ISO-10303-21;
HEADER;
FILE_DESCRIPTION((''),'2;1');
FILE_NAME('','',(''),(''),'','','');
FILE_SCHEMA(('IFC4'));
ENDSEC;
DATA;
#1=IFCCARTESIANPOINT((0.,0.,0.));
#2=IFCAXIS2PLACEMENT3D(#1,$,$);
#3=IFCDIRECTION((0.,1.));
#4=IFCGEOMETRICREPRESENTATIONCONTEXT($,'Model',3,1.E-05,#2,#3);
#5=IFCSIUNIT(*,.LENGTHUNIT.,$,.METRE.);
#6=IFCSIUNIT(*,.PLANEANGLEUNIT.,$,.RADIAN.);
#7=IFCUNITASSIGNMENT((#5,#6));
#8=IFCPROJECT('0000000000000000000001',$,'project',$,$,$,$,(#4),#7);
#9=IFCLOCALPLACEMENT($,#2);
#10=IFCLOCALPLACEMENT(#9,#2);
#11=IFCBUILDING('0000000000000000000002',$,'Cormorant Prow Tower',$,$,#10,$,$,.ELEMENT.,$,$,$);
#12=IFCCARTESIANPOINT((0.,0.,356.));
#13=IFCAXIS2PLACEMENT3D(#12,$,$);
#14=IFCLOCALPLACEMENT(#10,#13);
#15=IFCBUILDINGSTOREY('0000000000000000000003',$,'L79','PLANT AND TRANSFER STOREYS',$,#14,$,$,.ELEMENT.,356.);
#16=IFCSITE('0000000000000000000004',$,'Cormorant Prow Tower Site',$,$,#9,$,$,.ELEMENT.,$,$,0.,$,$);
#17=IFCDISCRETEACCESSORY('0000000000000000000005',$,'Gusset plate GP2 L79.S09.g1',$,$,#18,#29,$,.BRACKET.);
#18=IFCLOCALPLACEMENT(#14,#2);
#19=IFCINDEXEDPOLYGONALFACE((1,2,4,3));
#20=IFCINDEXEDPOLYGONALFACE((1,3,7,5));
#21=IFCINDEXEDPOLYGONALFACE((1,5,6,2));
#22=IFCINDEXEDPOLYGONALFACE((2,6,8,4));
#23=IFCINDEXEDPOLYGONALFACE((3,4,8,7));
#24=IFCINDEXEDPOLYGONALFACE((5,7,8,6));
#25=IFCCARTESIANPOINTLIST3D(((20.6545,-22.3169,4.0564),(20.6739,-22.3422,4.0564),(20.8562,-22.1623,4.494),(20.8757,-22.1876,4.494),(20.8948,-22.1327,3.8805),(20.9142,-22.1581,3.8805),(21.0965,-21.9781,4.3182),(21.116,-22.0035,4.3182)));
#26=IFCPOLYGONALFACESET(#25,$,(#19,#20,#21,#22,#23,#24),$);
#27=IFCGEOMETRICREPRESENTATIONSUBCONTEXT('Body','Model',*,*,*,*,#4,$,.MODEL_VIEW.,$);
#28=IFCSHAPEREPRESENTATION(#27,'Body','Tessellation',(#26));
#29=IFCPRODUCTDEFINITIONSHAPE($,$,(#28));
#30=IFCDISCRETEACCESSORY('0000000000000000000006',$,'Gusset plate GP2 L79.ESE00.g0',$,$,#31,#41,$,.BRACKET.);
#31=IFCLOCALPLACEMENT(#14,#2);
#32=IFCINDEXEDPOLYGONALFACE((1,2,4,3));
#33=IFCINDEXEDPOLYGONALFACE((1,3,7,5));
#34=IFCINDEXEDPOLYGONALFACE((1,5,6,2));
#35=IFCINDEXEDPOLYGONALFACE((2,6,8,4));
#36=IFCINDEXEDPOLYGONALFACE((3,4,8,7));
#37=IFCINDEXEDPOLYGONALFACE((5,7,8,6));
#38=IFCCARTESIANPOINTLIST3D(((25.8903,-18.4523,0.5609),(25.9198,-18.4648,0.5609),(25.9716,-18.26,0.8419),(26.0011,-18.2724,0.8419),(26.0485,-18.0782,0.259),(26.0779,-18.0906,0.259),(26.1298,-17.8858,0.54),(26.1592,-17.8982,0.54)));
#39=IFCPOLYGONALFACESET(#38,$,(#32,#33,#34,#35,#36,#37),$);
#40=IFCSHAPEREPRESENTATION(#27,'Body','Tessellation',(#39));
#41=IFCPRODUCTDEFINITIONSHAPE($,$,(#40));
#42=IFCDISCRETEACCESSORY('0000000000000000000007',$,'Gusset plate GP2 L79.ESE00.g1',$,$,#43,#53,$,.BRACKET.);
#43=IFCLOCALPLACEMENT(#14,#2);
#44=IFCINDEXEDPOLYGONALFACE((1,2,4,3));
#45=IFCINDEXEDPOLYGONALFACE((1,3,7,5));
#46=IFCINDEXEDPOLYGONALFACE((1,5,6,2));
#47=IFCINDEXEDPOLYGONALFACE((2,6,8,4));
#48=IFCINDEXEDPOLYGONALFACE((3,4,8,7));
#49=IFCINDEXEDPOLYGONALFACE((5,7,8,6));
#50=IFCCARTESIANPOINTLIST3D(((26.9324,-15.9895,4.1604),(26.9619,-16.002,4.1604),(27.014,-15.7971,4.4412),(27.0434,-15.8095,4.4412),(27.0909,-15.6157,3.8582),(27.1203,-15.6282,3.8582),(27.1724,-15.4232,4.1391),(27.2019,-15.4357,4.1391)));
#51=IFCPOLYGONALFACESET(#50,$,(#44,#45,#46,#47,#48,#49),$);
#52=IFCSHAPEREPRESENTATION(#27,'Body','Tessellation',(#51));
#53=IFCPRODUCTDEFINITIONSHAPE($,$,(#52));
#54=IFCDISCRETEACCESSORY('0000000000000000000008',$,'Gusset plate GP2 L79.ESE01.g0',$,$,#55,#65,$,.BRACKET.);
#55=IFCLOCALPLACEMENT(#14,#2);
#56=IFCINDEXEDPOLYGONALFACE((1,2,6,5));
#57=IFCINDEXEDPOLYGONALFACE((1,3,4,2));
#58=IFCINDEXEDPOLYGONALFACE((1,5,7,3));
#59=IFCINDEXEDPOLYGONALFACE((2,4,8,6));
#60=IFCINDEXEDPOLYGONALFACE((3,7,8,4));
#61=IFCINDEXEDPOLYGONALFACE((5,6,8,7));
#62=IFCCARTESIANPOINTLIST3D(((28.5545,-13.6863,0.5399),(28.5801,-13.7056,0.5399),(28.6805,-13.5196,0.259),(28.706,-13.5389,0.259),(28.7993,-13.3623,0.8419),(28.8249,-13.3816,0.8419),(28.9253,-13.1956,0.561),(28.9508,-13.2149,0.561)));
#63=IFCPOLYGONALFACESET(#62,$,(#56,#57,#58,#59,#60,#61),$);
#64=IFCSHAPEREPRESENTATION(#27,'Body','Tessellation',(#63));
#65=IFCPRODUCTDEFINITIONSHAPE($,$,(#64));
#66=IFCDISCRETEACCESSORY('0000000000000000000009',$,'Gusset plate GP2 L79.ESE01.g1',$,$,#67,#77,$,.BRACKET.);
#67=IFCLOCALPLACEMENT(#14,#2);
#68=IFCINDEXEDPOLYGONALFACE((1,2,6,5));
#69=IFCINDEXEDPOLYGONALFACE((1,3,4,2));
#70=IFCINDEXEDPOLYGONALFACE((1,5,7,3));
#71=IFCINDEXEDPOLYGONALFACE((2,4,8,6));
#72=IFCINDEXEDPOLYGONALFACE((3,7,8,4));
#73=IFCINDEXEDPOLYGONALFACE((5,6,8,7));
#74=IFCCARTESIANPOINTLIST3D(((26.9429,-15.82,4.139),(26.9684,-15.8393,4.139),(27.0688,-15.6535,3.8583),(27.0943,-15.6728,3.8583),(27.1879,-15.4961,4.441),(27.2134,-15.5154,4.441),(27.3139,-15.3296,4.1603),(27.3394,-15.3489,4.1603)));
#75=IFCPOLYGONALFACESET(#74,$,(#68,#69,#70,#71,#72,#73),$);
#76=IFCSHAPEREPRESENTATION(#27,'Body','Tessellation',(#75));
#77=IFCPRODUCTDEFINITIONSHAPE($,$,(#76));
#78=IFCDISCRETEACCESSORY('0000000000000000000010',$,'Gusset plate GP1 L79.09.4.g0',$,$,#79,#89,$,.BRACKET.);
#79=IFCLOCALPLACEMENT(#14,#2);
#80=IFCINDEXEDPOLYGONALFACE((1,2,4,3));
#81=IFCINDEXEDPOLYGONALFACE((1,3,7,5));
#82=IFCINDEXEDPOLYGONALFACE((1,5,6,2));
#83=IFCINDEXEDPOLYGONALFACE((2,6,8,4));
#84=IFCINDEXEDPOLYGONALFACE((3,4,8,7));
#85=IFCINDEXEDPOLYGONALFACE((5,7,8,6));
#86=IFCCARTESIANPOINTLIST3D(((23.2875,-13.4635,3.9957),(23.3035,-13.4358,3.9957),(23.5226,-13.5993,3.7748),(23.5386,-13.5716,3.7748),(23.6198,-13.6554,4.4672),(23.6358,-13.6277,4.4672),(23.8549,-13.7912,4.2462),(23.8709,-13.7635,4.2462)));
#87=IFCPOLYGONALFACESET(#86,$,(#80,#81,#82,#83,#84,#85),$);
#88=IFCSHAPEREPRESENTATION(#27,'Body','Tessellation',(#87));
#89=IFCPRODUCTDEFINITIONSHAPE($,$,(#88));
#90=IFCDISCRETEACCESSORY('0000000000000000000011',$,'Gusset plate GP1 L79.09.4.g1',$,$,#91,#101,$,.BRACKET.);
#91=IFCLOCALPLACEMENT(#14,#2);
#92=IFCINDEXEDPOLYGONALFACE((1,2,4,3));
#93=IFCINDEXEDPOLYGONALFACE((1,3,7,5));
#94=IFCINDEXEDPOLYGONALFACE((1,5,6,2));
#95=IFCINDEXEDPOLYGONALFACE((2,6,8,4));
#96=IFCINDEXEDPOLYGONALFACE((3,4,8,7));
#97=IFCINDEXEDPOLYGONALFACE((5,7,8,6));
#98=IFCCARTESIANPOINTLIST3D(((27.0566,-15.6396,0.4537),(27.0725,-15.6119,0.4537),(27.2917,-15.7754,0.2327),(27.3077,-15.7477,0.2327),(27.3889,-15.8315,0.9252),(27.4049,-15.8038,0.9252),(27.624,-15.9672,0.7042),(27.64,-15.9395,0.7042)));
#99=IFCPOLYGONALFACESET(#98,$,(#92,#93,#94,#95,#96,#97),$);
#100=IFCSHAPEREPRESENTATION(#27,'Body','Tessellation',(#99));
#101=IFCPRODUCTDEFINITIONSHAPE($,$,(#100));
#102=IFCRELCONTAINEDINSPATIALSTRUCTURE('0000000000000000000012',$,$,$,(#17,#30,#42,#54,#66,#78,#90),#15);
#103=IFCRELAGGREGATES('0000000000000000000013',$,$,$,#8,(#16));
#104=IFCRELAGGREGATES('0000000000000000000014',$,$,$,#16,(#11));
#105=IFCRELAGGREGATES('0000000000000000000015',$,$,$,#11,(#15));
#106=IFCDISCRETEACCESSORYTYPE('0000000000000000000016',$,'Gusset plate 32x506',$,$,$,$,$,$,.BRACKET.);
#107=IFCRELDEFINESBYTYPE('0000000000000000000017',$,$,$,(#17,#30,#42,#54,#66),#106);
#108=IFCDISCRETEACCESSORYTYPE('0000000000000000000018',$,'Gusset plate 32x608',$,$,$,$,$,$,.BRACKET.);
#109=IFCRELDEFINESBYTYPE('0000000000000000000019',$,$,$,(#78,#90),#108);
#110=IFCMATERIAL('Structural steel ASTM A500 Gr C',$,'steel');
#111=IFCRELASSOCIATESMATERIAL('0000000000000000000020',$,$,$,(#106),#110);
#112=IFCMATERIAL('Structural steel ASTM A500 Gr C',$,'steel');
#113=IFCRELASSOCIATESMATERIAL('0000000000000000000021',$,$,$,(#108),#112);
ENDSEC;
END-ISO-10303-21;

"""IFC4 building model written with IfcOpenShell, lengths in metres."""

from ifc_helpers import new_model, si_unit, direction, frame, origin, origin_2d, place, context, subcontext, project, spatial, rectangle, extrude, material, material_profile, profile_set, type_object, element, save


model = new_model("IFC4")

# Units and contexts
model_context = context("Model", 3, precision=1e-05, world=origin(), true_north=direction((0.0, 1.0)))
body_context = subcontext(model_context, "Body", "Model", "MODEL_VIEW")
ifc_project = project(units=[si_unit("LENGTHUNIT", "METRE"), si_unit("PLANEANGLEUNIT", "RADIAN")], contexts=[model_context])

# Site, building, storey
site_placement = place(None, origin())
site = spatial("IfcSite", under=ifc_project, at=site_placement, Name="Cormorant Prow Tower Site", CompositionType="ELEMENT", RefElevation=0.0)
building_placement = place(site_placement, origin())
building = spatial("IfcBuilding", under=site, at=building_placement, Name="Cormorant Prow Tower", CompositionType="ELEMENT")
storey_placement = place(building_placement, frame((0.0, 0.0, 356.0)))
storey = spatial("IfcBuildingStorey", under=building, at=storey_placement, Name="L79", Description="PLANT AND TRANSFER STOREYS", CompositionType="ELEMENT", Elevation=356.0)

# Discrete accessories
ifc_material_1 = material(Name="Structural steel ASTM A500 Gr C", Category="steel")
ifc_material_profile_1 = material_profile(ifc_material_1, rectangle(XDim=0.032, YDim=0.5061, at=origin_2d()), Name="Gusset plate 32x506")
ifc_profile_set_1 = profile_set([ifc_material_profile_1], Name="Structural steel ASTM A500 Gr C")
discrete_accessory_type_1 = type_object("IfcDiscreteAccessoryType", Name="Gusset plate 32x506", PredefinedType="BRACKET", material=ifc_profile_set_1)
for number, where, z_axis, x_axis, name in (
    (1, (21.0054, -22.0681, 4.0994), (-0.68639, -0.525953, 0.502237), (0.608228, -0.793762, 0.0), "Gusset plate GP2 L79.S09.g1"),
    (2, (26.0654, -18.0791, 0.6909), (-0.232202, -0.549475, -0.802596), (0.921129, -0.389259, 0.0), "Gusset plate GP2 L79.ESE00.g0"),
    (3, (27.0264, -15.8088, 4.0093), (0.232992, 0.549693, 0.802217), (-0.920709, 0.39025, 0.0), "Gusset plate GP2 L79.ESE00.g1"),
    (4, (28.6897, -13.5339, 0.6909), (0.359729, 0.476152, -0.802418), (-0.797892, 0.6028, 0.0), "Gusset plate GP2 L79.ESE01.g0"),
):
    element("IfcDiscreteAccessory", number, at=place(storey_placement, frame(where, z_axis=z_axis, x_axis=x_axis)), inside=storey, type_object=discrete_accessory_type_1, Name=name, PredefinedType="BRACKET", context=body_context, shape_type="SweptSolid", body=[
        extrude(rectangle(XDim=0.032, YDim=0.5061, at=origin_2d()), origin(), (0.0, 0.0, 1.0), 0.3501),
    ])
discrete_accessory_1_placement = place(storey_placement, frame((27.2041, -15.5012, 4.0093), z_axis=(-0.360049, -0.475879, 0.802436), x_axis=(0.797467, -0.603362, 0.0)))
element("IfcDiscreteAccessory", 5, at=discrete_accessory_1_placement, inside=storey, type_object=discrete_accessory_type_1, Name="Gusset plate GP2 L79.ESE01.g1", PredefinedType="BRACKET", context=body_context, shape_type="SweptSolid", body=[
    extrude(rectangle(XDim=0.032, YDim=0.5061, at=origin_2d()), origin(), (0.0, 0.0, 1.0), 0.3499),
])
ifc_material_2 = material(Name="Structural steel ASTM A500 Gr C", Category="steel")
ifc_material_profile_2 = material_profile(ifc_material_2, rectangle(XDim=0.032, YDim=0.6079, at=origin_2d()), Name="Gusset plate 32x608")
ifc_profile_set_2 = profile_set([ifc_material_profile_2], Name="Structural steel ASTM A500 Gr C")
discrete_accessory_type_2 = type_object("IfcDiscreteAccessoryType", Name="Gusset plate 32x608", PredefinedType="BRACKET", material=ifc_profile_set_2)
for number, where, z_axis, x_axis, name in (
    (6, (23.6968, -13.6814, 4.0105), (-0.671683, 0.387805, 0.631229), (-0.500008, -0.866021, 0.0), "Gusset plate GP1 L79.09.4.g0"),
    (7, (27.2307, -15.7217, 0.6895), (0.671683, -0.387805, -0.631229), (0.500008, 0.866021, 0.0), "Gusset plate GP1 L79.09.4.g1"),
):
    element("IfcDiscreteAccessory", number, at=place(storey_placement, frame(where, z_axis=z_axis, x_axis=x_axis)), inside=storey, type_object=discrete_accessory_type_2, Name=name, PredefinedType="BRACKET", context=body_context, shape_type="SweptSolid", body=[
        extrude(rectangle(XDim=0.032, YDim=0.6079, at=origin_2d()), origin(), (0.0, 0.0, 1.0), 0.3501),
    ])

save(model, "model.ifc")
